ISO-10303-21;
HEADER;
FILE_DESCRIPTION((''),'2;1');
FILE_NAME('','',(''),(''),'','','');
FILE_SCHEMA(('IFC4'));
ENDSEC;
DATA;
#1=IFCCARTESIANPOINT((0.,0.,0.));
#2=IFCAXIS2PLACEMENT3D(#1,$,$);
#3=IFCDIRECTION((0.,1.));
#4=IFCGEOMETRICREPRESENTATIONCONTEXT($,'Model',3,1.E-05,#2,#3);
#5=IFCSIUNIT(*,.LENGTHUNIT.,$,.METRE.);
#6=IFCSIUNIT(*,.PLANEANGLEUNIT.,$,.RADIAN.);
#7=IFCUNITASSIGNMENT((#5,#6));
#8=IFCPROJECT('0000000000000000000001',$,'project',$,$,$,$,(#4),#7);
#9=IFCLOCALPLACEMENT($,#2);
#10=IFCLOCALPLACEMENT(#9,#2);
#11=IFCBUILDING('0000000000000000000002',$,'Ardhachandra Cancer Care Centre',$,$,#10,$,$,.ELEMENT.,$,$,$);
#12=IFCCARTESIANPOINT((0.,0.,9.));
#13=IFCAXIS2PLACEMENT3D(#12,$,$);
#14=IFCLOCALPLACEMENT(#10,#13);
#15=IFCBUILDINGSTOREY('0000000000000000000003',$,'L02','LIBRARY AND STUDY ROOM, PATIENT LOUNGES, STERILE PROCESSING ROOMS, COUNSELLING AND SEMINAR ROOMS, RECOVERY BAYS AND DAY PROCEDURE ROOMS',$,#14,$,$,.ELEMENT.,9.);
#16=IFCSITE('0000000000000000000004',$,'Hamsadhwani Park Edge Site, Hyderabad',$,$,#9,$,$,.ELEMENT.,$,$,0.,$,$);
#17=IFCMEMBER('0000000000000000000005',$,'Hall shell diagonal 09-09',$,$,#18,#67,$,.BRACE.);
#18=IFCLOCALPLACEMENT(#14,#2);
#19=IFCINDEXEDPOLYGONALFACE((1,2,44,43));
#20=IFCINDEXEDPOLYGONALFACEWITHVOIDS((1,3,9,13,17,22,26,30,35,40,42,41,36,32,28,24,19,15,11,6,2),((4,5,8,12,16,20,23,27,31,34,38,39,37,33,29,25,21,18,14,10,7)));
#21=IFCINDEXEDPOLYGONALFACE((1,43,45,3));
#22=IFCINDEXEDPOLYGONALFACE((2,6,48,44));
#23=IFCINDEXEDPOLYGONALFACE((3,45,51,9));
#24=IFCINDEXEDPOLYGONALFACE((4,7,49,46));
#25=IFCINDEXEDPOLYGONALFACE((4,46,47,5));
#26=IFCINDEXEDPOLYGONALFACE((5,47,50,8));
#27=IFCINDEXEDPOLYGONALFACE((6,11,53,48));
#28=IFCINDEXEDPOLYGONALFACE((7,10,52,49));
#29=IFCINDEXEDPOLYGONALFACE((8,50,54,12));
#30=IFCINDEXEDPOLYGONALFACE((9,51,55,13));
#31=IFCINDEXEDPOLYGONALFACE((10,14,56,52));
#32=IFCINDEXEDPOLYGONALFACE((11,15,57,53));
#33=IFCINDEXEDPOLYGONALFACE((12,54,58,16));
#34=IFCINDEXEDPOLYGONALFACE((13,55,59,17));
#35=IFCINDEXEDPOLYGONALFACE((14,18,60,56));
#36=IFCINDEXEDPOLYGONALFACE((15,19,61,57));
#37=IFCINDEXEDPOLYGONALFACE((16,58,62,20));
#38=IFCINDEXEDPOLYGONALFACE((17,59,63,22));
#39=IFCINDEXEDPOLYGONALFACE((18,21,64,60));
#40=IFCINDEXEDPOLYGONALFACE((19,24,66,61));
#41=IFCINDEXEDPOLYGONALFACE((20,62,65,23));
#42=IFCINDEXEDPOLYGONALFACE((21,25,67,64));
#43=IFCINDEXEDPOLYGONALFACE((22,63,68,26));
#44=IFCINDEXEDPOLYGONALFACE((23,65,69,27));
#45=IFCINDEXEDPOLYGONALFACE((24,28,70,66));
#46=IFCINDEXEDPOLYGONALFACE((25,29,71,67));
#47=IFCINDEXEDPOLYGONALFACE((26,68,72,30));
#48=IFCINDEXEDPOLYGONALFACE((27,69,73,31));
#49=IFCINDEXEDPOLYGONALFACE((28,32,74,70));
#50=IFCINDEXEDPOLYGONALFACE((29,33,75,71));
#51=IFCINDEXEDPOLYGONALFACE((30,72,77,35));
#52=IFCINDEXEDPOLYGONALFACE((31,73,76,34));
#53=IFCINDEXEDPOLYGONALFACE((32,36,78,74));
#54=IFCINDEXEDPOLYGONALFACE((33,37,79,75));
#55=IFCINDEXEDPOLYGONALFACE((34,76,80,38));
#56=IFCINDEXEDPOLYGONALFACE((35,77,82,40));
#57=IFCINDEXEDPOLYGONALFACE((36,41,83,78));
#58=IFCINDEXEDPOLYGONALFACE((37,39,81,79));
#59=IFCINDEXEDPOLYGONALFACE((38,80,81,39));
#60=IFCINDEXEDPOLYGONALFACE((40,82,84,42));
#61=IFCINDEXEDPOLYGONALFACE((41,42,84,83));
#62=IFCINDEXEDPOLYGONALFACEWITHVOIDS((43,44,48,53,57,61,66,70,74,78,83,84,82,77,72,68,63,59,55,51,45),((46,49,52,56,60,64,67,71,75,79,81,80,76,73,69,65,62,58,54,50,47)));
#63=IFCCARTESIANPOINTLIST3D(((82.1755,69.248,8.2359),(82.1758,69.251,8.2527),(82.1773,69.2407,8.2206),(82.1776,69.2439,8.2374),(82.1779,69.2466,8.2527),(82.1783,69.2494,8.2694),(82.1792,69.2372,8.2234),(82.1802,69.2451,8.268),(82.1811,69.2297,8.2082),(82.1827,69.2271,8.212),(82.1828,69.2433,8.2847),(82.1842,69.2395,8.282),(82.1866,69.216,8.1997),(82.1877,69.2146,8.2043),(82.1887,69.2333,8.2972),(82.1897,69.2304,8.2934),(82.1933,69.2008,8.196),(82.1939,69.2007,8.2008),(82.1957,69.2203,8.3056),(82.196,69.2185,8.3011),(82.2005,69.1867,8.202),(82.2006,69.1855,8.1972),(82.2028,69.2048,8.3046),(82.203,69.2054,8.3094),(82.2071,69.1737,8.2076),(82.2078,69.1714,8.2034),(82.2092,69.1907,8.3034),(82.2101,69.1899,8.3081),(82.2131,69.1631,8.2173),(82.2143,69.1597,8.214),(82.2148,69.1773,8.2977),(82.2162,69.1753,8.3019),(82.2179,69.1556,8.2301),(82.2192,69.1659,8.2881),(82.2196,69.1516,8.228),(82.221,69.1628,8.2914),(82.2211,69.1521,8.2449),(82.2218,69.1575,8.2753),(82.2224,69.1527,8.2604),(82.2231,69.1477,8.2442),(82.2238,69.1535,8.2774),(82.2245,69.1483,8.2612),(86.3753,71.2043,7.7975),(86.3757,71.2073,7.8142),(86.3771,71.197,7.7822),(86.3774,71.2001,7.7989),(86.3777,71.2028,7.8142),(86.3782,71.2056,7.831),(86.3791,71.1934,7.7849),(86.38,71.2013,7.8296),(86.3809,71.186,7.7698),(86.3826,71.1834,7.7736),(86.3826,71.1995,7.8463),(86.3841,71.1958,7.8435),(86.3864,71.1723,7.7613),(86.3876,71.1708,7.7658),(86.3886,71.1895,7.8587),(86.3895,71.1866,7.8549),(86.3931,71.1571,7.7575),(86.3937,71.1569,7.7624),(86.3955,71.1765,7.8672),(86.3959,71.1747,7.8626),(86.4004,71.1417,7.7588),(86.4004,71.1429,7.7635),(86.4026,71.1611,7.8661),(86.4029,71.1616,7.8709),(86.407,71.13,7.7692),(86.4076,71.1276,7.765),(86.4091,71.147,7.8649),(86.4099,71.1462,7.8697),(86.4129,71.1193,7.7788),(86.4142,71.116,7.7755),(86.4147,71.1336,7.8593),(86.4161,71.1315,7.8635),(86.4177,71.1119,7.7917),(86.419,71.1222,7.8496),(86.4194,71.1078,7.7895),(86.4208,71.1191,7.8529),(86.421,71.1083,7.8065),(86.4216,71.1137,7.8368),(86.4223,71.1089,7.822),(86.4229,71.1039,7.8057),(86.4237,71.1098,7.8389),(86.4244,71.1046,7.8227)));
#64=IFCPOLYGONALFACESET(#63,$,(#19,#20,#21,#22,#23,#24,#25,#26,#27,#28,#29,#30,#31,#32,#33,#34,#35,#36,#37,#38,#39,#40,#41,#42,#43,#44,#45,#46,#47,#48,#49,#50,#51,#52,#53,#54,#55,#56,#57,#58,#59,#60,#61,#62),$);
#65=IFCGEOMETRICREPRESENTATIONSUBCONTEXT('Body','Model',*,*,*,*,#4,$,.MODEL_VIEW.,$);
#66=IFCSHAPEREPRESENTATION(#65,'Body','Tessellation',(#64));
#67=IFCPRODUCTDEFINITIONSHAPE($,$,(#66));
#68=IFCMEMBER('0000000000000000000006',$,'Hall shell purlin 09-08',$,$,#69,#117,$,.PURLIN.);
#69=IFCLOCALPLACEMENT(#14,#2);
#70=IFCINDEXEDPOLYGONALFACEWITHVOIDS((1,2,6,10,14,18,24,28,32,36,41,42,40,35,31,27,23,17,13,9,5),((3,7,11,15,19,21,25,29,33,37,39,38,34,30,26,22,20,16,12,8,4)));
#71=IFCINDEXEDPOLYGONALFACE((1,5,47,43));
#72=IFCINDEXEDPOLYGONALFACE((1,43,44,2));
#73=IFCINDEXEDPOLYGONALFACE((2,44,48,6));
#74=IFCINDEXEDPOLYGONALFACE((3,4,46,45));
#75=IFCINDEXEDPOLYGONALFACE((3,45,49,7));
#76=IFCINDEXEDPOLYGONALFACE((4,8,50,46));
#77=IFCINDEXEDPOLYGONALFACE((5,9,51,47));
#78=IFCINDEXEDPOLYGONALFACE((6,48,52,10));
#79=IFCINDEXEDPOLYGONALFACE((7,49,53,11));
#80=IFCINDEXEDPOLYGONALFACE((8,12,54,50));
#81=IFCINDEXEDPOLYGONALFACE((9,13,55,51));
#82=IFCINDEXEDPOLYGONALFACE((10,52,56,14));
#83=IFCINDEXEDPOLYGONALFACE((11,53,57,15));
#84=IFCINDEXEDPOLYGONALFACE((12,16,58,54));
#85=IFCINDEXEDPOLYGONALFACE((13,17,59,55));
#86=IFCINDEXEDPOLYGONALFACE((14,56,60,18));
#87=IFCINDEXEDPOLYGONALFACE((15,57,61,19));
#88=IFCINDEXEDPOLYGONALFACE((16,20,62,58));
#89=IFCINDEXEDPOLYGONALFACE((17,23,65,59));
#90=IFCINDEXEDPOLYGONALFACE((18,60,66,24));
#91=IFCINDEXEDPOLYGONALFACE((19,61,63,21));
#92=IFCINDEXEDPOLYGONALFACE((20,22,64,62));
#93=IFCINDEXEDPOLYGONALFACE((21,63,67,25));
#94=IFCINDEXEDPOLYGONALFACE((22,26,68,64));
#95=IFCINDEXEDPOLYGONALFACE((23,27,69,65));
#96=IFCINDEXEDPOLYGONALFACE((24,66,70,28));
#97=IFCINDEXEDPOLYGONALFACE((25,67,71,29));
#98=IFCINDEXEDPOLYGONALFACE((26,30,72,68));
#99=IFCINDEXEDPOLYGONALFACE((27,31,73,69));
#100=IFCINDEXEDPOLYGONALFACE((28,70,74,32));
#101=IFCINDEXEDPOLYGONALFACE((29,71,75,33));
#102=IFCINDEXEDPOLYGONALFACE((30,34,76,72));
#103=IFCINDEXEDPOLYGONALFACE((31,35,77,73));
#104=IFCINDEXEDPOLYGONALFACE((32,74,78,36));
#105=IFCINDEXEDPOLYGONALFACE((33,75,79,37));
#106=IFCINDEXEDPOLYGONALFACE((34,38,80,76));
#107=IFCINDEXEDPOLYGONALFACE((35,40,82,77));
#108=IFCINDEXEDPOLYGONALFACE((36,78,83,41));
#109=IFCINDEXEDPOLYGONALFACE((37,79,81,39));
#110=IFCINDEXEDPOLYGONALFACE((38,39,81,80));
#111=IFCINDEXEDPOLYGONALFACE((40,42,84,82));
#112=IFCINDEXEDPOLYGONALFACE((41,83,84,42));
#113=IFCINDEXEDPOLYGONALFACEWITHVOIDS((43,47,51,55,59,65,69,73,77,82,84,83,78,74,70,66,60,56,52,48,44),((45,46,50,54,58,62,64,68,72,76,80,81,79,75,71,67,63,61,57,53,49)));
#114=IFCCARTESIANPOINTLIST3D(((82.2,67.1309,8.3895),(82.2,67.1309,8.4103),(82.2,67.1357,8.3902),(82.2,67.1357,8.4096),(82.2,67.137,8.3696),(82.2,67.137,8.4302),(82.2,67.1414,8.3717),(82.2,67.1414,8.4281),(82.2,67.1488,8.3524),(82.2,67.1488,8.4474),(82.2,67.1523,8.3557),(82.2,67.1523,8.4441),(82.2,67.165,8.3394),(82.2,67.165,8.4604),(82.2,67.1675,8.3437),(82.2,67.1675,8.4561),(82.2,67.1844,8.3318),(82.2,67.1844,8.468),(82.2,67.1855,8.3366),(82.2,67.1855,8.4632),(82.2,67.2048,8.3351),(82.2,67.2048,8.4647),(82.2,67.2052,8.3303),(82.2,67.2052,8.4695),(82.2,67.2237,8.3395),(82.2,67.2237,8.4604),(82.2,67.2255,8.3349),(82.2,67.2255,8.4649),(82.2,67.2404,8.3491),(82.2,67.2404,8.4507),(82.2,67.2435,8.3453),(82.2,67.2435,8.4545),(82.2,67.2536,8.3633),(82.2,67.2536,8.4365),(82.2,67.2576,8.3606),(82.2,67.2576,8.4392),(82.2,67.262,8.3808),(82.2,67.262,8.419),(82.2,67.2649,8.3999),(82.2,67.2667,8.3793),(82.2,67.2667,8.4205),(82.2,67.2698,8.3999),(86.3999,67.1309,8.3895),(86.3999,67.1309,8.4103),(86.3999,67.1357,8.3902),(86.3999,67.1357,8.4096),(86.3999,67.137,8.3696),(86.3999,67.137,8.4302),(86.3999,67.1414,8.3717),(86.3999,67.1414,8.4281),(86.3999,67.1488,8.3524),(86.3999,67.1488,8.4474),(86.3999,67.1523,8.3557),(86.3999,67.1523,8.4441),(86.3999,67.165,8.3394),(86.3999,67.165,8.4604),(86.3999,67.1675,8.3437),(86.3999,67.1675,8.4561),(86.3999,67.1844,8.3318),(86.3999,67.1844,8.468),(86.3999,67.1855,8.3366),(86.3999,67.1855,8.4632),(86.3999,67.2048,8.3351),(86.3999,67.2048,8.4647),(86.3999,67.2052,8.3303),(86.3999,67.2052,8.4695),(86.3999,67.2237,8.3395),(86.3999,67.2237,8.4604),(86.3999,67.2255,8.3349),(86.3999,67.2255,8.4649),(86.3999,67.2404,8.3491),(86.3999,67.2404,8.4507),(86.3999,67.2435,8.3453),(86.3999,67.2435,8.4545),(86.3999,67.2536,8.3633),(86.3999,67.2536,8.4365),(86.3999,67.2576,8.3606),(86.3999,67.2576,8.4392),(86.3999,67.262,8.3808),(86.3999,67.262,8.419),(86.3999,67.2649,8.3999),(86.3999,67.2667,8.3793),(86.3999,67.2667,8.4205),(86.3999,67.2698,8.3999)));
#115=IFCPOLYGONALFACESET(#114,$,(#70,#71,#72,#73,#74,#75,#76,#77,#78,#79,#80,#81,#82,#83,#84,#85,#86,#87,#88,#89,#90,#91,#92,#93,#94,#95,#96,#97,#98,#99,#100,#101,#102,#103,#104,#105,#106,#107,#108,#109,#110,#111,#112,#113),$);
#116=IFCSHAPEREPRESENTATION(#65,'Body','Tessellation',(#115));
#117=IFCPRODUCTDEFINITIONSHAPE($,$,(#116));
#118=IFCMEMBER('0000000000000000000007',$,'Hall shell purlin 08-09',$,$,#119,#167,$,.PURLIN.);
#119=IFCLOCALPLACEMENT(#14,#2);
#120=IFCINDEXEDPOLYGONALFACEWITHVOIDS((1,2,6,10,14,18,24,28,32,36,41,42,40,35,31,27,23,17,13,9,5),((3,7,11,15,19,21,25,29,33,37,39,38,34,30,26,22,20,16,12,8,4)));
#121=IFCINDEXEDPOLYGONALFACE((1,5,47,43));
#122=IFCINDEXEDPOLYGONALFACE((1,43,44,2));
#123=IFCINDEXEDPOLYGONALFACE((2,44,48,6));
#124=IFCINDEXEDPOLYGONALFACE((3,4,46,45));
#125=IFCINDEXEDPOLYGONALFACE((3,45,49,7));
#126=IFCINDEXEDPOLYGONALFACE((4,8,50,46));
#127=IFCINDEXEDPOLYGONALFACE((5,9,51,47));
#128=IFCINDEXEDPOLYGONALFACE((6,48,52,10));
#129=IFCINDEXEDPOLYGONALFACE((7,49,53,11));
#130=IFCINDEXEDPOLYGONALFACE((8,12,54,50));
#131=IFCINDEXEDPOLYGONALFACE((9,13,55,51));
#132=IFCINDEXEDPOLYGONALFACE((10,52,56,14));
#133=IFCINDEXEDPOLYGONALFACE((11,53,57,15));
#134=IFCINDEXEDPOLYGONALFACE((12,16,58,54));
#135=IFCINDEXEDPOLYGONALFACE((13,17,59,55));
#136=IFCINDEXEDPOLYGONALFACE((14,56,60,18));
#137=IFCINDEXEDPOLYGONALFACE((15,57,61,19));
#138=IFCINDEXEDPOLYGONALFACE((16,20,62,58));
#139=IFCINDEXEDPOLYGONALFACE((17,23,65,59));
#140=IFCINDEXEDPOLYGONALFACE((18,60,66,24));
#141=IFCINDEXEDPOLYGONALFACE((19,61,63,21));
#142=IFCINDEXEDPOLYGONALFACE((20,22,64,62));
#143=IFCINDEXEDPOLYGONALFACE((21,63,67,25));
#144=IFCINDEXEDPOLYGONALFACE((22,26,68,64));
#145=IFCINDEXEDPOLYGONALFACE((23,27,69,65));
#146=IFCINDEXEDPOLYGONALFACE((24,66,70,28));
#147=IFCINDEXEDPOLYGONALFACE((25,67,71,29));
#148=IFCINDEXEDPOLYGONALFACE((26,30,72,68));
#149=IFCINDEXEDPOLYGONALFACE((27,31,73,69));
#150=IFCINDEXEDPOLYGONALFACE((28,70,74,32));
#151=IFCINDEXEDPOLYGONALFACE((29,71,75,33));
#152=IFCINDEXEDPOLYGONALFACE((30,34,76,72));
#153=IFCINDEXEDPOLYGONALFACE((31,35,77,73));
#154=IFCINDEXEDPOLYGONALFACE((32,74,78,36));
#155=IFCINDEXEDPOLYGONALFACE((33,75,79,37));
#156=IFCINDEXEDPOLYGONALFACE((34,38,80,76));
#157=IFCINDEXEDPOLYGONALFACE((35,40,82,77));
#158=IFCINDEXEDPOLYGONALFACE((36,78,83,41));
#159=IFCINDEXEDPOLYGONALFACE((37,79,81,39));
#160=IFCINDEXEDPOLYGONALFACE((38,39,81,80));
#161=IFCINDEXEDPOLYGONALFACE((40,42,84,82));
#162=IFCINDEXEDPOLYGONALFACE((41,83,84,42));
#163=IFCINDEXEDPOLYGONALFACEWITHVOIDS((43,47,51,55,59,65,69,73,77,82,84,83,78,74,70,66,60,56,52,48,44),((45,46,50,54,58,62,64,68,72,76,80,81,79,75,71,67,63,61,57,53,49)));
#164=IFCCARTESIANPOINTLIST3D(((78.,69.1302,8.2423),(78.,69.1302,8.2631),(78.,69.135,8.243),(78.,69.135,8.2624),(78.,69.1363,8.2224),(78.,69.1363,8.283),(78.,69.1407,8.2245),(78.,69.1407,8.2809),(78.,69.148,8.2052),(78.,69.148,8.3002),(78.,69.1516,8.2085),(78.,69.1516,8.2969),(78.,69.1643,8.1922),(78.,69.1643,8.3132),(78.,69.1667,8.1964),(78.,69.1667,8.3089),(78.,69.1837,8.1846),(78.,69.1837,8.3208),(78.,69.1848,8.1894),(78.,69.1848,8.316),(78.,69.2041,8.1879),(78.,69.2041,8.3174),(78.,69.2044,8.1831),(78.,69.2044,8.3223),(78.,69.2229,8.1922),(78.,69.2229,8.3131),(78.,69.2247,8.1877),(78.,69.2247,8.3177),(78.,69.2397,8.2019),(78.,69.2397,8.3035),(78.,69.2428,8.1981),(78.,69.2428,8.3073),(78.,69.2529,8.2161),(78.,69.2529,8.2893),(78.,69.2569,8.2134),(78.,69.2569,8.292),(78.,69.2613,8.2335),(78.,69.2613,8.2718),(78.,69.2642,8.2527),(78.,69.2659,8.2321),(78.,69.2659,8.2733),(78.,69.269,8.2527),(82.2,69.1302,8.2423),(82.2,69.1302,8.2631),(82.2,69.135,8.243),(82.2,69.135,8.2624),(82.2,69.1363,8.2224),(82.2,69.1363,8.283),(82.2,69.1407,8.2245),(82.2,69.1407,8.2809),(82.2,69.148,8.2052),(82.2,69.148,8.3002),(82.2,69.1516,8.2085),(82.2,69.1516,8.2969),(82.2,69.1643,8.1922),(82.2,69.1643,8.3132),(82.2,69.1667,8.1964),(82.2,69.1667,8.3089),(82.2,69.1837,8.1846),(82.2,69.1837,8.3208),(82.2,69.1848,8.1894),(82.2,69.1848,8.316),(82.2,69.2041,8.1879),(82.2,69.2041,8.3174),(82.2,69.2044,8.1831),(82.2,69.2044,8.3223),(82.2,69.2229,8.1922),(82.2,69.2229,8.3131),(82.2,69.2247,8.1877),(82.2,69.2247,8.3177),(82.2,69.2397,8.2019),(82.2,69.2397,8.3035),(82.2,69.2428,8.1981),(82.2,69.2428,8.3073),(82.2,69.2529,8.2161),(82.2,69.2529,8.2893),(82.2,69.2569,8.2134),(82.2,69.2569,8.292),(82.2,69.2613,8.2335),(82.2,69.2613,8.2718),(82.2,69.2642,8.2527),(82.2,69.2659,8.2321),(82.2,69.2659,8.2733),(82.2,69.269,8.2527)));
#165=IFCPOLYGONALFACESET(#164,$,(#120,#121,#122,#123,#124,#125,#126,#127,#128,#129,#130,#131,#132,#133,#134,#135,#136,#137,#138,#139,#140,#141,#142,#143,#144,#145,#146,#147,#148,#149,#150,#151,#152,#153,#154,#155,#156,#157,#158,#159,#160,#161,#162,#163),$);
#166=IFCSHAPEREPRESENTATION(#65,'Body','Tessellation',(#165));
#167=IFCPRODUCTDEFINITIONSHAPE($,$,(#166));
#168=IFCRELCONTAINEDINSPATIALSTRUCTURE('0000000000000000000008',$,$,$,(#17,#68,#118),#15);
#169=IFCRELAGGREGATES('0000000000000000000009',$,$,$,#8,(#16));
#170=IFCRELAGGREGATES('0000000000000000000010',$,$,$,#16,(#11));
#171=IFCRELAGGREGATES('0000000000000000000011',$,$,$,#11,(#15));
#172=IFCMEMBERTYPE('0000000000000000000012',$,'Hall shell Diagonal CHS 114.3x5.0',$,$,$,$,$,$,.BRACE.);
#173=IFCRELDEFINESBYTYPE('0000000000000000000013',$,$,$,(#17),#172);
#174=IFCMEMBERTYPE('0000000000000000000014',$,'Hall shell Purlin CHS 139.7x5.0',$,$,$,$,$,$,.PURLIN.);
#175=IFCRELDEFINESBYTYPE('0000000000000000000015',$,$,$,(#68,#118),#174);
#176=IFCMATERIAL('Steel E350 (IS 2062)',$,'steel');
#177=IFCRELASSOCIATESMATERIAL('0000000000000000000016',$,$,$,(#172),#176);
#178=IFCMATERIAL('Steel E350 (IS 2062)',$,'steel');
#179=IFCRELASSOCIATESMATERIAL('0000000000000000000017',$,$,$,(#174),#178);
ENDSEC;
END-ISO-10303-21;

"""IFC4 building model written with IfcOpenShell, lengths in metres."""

from ifc_helpers import new_model, si_unit, direction, frame, origin, origin_2d, place, context, subcontext, project, spatial, hollow_circle, extrude, material, material_profile, profile_set, type_object, element, save


model = new_model("IFC4")

# Units and contexts
model_context = context("Model", 3, precision=1e-05, world=origin(), true_north=direction((0.0, 1.0)))
body_context = subcontext(model_context, "Body", "Model", "MODEL_VIEW")
ifc_project = project(units=[si_unit("LENGTHUNIT", "METRE"), si_unit("PLANEANGLEUNIT", "RADIAN")], contexts=[model_context])

# Site, building, storey
site_placement = place(None, origin())
site = spatial("IfcSite", under=ifc_project, at=site_placement, Name="Hamsadhwani Park Edge Site, Hyderabad", CompositionType="ELEMENT", RefElevation=0.0)
building_placement = place(site_placement, origin())
building = spatial("IfcBuilding", under=site, at=building_placement, Name="Ardhachandra Cancer Care Centre", CompositionType="ELEMENT")
storey_placement = place(building_placement, frame((0.0, 0.0, 9.0)))
storey = spatial("IfcBuildingStorey", under=building, at=storey_placement, Name="L02", Description="LIBRARY AND STUDY ROOM, PATIENT LOUNGES, STERILE PROCESSING ROOMS, COUNSELLING AND SEMINAR ROOMS, RECOVERY BAYS AND DAY PROCEDURE ROOMS", CompositionType="ELEMENT", Elevation=9.0)

# Members
ifc_material_1 = material(Name="Steel E350 (IS 2062)", Category="steel")
ifc_material_profile_1 = material_profile(ifc_material_1, hollow_circle(Radius=0.0571, WallThickness=0.0049, at=origin_2d()), Name="CHS 114.3x5.0")
ifc_profile_set_1 = profile_set([ifc_material_profile_1], Name="Steel E350 (IS 2062)")
member_type_1 = type_object("IfcMemberType", Name="Hall shell Diagonal CHS 114.3x5.0", PredefinedType="BRACE", material=ifc_profile_set_1)
for number, where, z_axis, x_axis, name in (
    (1, (82.2, 69.1992, 8.2527), (0.902455, 0.420355, -0.094217), (-0.422233, 0.906487, 0.0), "Hall shell diagonal 09-09"),
):
    element("IfcMember", number, at=place(storey_placement, frame(where, z_axis=z_axis, x_axis=x_axis)), inside=storey, type_object=member_type_1, Name=name, PredefinedType="BRACE", context=body_context, shape_type="SweptSolid", body=[
        extrude(hollow_circle(Radius=0.0571, WallThickness=0.0049, at=origin_2d()), origin(), (0.0, 0.0, 1.0), 4.6538),
    ])
ifc_material_2 = material(Name="Steel E350 (IS 2062)", Category="steel")
ifc_material_profile_2 = material_profile(ifc_material_2, hollow_circle(Radius=0.0698, WallThickness=0.0049, at=origin_2d()), Name="CHS 139.7x5.0")
ifc_profile_set_2 = profile_set([ifc_material_profile_2], Name="Steel E350 (IS 2062)")
member_type_2 = type_object("IfcMemberType", Name="Hall shell Purlin CHS 139.7x5.0", PredefinedType="PURLIN", material=ifc_profile_set_2)
for number, where, z_axis, x_axis, name in (
    (2, (82.2, 67.2, 8.3999), (1.0, 0.0, 0.0), (0.0, 1.0, 0.0), "Hall shell purlin 09-08"),
    (3, (78.0, 69.1992, 8.2527), (1.0, 0.0, 0.0), (0.0, 1.0, 0.0), "Hall shell purlin 08-09"),
):
    element("IfcMember", number, at=place(storey_placement, frame(where, z_axis=z_axis, x_axis=x_axis)), inside=storey, type_object=member_type_2, Name=name, PredefinedType="PURLIN", context=body_context, shape_type="SweptSolid", body=[
        extrude(hollow_circle(Radius=0.0698, WallThickness=0.0049, at=origin_2d()), origin(), (0.0, 0.0, 1.0), 4.2),
    ])

save(model, "model.ifc")
